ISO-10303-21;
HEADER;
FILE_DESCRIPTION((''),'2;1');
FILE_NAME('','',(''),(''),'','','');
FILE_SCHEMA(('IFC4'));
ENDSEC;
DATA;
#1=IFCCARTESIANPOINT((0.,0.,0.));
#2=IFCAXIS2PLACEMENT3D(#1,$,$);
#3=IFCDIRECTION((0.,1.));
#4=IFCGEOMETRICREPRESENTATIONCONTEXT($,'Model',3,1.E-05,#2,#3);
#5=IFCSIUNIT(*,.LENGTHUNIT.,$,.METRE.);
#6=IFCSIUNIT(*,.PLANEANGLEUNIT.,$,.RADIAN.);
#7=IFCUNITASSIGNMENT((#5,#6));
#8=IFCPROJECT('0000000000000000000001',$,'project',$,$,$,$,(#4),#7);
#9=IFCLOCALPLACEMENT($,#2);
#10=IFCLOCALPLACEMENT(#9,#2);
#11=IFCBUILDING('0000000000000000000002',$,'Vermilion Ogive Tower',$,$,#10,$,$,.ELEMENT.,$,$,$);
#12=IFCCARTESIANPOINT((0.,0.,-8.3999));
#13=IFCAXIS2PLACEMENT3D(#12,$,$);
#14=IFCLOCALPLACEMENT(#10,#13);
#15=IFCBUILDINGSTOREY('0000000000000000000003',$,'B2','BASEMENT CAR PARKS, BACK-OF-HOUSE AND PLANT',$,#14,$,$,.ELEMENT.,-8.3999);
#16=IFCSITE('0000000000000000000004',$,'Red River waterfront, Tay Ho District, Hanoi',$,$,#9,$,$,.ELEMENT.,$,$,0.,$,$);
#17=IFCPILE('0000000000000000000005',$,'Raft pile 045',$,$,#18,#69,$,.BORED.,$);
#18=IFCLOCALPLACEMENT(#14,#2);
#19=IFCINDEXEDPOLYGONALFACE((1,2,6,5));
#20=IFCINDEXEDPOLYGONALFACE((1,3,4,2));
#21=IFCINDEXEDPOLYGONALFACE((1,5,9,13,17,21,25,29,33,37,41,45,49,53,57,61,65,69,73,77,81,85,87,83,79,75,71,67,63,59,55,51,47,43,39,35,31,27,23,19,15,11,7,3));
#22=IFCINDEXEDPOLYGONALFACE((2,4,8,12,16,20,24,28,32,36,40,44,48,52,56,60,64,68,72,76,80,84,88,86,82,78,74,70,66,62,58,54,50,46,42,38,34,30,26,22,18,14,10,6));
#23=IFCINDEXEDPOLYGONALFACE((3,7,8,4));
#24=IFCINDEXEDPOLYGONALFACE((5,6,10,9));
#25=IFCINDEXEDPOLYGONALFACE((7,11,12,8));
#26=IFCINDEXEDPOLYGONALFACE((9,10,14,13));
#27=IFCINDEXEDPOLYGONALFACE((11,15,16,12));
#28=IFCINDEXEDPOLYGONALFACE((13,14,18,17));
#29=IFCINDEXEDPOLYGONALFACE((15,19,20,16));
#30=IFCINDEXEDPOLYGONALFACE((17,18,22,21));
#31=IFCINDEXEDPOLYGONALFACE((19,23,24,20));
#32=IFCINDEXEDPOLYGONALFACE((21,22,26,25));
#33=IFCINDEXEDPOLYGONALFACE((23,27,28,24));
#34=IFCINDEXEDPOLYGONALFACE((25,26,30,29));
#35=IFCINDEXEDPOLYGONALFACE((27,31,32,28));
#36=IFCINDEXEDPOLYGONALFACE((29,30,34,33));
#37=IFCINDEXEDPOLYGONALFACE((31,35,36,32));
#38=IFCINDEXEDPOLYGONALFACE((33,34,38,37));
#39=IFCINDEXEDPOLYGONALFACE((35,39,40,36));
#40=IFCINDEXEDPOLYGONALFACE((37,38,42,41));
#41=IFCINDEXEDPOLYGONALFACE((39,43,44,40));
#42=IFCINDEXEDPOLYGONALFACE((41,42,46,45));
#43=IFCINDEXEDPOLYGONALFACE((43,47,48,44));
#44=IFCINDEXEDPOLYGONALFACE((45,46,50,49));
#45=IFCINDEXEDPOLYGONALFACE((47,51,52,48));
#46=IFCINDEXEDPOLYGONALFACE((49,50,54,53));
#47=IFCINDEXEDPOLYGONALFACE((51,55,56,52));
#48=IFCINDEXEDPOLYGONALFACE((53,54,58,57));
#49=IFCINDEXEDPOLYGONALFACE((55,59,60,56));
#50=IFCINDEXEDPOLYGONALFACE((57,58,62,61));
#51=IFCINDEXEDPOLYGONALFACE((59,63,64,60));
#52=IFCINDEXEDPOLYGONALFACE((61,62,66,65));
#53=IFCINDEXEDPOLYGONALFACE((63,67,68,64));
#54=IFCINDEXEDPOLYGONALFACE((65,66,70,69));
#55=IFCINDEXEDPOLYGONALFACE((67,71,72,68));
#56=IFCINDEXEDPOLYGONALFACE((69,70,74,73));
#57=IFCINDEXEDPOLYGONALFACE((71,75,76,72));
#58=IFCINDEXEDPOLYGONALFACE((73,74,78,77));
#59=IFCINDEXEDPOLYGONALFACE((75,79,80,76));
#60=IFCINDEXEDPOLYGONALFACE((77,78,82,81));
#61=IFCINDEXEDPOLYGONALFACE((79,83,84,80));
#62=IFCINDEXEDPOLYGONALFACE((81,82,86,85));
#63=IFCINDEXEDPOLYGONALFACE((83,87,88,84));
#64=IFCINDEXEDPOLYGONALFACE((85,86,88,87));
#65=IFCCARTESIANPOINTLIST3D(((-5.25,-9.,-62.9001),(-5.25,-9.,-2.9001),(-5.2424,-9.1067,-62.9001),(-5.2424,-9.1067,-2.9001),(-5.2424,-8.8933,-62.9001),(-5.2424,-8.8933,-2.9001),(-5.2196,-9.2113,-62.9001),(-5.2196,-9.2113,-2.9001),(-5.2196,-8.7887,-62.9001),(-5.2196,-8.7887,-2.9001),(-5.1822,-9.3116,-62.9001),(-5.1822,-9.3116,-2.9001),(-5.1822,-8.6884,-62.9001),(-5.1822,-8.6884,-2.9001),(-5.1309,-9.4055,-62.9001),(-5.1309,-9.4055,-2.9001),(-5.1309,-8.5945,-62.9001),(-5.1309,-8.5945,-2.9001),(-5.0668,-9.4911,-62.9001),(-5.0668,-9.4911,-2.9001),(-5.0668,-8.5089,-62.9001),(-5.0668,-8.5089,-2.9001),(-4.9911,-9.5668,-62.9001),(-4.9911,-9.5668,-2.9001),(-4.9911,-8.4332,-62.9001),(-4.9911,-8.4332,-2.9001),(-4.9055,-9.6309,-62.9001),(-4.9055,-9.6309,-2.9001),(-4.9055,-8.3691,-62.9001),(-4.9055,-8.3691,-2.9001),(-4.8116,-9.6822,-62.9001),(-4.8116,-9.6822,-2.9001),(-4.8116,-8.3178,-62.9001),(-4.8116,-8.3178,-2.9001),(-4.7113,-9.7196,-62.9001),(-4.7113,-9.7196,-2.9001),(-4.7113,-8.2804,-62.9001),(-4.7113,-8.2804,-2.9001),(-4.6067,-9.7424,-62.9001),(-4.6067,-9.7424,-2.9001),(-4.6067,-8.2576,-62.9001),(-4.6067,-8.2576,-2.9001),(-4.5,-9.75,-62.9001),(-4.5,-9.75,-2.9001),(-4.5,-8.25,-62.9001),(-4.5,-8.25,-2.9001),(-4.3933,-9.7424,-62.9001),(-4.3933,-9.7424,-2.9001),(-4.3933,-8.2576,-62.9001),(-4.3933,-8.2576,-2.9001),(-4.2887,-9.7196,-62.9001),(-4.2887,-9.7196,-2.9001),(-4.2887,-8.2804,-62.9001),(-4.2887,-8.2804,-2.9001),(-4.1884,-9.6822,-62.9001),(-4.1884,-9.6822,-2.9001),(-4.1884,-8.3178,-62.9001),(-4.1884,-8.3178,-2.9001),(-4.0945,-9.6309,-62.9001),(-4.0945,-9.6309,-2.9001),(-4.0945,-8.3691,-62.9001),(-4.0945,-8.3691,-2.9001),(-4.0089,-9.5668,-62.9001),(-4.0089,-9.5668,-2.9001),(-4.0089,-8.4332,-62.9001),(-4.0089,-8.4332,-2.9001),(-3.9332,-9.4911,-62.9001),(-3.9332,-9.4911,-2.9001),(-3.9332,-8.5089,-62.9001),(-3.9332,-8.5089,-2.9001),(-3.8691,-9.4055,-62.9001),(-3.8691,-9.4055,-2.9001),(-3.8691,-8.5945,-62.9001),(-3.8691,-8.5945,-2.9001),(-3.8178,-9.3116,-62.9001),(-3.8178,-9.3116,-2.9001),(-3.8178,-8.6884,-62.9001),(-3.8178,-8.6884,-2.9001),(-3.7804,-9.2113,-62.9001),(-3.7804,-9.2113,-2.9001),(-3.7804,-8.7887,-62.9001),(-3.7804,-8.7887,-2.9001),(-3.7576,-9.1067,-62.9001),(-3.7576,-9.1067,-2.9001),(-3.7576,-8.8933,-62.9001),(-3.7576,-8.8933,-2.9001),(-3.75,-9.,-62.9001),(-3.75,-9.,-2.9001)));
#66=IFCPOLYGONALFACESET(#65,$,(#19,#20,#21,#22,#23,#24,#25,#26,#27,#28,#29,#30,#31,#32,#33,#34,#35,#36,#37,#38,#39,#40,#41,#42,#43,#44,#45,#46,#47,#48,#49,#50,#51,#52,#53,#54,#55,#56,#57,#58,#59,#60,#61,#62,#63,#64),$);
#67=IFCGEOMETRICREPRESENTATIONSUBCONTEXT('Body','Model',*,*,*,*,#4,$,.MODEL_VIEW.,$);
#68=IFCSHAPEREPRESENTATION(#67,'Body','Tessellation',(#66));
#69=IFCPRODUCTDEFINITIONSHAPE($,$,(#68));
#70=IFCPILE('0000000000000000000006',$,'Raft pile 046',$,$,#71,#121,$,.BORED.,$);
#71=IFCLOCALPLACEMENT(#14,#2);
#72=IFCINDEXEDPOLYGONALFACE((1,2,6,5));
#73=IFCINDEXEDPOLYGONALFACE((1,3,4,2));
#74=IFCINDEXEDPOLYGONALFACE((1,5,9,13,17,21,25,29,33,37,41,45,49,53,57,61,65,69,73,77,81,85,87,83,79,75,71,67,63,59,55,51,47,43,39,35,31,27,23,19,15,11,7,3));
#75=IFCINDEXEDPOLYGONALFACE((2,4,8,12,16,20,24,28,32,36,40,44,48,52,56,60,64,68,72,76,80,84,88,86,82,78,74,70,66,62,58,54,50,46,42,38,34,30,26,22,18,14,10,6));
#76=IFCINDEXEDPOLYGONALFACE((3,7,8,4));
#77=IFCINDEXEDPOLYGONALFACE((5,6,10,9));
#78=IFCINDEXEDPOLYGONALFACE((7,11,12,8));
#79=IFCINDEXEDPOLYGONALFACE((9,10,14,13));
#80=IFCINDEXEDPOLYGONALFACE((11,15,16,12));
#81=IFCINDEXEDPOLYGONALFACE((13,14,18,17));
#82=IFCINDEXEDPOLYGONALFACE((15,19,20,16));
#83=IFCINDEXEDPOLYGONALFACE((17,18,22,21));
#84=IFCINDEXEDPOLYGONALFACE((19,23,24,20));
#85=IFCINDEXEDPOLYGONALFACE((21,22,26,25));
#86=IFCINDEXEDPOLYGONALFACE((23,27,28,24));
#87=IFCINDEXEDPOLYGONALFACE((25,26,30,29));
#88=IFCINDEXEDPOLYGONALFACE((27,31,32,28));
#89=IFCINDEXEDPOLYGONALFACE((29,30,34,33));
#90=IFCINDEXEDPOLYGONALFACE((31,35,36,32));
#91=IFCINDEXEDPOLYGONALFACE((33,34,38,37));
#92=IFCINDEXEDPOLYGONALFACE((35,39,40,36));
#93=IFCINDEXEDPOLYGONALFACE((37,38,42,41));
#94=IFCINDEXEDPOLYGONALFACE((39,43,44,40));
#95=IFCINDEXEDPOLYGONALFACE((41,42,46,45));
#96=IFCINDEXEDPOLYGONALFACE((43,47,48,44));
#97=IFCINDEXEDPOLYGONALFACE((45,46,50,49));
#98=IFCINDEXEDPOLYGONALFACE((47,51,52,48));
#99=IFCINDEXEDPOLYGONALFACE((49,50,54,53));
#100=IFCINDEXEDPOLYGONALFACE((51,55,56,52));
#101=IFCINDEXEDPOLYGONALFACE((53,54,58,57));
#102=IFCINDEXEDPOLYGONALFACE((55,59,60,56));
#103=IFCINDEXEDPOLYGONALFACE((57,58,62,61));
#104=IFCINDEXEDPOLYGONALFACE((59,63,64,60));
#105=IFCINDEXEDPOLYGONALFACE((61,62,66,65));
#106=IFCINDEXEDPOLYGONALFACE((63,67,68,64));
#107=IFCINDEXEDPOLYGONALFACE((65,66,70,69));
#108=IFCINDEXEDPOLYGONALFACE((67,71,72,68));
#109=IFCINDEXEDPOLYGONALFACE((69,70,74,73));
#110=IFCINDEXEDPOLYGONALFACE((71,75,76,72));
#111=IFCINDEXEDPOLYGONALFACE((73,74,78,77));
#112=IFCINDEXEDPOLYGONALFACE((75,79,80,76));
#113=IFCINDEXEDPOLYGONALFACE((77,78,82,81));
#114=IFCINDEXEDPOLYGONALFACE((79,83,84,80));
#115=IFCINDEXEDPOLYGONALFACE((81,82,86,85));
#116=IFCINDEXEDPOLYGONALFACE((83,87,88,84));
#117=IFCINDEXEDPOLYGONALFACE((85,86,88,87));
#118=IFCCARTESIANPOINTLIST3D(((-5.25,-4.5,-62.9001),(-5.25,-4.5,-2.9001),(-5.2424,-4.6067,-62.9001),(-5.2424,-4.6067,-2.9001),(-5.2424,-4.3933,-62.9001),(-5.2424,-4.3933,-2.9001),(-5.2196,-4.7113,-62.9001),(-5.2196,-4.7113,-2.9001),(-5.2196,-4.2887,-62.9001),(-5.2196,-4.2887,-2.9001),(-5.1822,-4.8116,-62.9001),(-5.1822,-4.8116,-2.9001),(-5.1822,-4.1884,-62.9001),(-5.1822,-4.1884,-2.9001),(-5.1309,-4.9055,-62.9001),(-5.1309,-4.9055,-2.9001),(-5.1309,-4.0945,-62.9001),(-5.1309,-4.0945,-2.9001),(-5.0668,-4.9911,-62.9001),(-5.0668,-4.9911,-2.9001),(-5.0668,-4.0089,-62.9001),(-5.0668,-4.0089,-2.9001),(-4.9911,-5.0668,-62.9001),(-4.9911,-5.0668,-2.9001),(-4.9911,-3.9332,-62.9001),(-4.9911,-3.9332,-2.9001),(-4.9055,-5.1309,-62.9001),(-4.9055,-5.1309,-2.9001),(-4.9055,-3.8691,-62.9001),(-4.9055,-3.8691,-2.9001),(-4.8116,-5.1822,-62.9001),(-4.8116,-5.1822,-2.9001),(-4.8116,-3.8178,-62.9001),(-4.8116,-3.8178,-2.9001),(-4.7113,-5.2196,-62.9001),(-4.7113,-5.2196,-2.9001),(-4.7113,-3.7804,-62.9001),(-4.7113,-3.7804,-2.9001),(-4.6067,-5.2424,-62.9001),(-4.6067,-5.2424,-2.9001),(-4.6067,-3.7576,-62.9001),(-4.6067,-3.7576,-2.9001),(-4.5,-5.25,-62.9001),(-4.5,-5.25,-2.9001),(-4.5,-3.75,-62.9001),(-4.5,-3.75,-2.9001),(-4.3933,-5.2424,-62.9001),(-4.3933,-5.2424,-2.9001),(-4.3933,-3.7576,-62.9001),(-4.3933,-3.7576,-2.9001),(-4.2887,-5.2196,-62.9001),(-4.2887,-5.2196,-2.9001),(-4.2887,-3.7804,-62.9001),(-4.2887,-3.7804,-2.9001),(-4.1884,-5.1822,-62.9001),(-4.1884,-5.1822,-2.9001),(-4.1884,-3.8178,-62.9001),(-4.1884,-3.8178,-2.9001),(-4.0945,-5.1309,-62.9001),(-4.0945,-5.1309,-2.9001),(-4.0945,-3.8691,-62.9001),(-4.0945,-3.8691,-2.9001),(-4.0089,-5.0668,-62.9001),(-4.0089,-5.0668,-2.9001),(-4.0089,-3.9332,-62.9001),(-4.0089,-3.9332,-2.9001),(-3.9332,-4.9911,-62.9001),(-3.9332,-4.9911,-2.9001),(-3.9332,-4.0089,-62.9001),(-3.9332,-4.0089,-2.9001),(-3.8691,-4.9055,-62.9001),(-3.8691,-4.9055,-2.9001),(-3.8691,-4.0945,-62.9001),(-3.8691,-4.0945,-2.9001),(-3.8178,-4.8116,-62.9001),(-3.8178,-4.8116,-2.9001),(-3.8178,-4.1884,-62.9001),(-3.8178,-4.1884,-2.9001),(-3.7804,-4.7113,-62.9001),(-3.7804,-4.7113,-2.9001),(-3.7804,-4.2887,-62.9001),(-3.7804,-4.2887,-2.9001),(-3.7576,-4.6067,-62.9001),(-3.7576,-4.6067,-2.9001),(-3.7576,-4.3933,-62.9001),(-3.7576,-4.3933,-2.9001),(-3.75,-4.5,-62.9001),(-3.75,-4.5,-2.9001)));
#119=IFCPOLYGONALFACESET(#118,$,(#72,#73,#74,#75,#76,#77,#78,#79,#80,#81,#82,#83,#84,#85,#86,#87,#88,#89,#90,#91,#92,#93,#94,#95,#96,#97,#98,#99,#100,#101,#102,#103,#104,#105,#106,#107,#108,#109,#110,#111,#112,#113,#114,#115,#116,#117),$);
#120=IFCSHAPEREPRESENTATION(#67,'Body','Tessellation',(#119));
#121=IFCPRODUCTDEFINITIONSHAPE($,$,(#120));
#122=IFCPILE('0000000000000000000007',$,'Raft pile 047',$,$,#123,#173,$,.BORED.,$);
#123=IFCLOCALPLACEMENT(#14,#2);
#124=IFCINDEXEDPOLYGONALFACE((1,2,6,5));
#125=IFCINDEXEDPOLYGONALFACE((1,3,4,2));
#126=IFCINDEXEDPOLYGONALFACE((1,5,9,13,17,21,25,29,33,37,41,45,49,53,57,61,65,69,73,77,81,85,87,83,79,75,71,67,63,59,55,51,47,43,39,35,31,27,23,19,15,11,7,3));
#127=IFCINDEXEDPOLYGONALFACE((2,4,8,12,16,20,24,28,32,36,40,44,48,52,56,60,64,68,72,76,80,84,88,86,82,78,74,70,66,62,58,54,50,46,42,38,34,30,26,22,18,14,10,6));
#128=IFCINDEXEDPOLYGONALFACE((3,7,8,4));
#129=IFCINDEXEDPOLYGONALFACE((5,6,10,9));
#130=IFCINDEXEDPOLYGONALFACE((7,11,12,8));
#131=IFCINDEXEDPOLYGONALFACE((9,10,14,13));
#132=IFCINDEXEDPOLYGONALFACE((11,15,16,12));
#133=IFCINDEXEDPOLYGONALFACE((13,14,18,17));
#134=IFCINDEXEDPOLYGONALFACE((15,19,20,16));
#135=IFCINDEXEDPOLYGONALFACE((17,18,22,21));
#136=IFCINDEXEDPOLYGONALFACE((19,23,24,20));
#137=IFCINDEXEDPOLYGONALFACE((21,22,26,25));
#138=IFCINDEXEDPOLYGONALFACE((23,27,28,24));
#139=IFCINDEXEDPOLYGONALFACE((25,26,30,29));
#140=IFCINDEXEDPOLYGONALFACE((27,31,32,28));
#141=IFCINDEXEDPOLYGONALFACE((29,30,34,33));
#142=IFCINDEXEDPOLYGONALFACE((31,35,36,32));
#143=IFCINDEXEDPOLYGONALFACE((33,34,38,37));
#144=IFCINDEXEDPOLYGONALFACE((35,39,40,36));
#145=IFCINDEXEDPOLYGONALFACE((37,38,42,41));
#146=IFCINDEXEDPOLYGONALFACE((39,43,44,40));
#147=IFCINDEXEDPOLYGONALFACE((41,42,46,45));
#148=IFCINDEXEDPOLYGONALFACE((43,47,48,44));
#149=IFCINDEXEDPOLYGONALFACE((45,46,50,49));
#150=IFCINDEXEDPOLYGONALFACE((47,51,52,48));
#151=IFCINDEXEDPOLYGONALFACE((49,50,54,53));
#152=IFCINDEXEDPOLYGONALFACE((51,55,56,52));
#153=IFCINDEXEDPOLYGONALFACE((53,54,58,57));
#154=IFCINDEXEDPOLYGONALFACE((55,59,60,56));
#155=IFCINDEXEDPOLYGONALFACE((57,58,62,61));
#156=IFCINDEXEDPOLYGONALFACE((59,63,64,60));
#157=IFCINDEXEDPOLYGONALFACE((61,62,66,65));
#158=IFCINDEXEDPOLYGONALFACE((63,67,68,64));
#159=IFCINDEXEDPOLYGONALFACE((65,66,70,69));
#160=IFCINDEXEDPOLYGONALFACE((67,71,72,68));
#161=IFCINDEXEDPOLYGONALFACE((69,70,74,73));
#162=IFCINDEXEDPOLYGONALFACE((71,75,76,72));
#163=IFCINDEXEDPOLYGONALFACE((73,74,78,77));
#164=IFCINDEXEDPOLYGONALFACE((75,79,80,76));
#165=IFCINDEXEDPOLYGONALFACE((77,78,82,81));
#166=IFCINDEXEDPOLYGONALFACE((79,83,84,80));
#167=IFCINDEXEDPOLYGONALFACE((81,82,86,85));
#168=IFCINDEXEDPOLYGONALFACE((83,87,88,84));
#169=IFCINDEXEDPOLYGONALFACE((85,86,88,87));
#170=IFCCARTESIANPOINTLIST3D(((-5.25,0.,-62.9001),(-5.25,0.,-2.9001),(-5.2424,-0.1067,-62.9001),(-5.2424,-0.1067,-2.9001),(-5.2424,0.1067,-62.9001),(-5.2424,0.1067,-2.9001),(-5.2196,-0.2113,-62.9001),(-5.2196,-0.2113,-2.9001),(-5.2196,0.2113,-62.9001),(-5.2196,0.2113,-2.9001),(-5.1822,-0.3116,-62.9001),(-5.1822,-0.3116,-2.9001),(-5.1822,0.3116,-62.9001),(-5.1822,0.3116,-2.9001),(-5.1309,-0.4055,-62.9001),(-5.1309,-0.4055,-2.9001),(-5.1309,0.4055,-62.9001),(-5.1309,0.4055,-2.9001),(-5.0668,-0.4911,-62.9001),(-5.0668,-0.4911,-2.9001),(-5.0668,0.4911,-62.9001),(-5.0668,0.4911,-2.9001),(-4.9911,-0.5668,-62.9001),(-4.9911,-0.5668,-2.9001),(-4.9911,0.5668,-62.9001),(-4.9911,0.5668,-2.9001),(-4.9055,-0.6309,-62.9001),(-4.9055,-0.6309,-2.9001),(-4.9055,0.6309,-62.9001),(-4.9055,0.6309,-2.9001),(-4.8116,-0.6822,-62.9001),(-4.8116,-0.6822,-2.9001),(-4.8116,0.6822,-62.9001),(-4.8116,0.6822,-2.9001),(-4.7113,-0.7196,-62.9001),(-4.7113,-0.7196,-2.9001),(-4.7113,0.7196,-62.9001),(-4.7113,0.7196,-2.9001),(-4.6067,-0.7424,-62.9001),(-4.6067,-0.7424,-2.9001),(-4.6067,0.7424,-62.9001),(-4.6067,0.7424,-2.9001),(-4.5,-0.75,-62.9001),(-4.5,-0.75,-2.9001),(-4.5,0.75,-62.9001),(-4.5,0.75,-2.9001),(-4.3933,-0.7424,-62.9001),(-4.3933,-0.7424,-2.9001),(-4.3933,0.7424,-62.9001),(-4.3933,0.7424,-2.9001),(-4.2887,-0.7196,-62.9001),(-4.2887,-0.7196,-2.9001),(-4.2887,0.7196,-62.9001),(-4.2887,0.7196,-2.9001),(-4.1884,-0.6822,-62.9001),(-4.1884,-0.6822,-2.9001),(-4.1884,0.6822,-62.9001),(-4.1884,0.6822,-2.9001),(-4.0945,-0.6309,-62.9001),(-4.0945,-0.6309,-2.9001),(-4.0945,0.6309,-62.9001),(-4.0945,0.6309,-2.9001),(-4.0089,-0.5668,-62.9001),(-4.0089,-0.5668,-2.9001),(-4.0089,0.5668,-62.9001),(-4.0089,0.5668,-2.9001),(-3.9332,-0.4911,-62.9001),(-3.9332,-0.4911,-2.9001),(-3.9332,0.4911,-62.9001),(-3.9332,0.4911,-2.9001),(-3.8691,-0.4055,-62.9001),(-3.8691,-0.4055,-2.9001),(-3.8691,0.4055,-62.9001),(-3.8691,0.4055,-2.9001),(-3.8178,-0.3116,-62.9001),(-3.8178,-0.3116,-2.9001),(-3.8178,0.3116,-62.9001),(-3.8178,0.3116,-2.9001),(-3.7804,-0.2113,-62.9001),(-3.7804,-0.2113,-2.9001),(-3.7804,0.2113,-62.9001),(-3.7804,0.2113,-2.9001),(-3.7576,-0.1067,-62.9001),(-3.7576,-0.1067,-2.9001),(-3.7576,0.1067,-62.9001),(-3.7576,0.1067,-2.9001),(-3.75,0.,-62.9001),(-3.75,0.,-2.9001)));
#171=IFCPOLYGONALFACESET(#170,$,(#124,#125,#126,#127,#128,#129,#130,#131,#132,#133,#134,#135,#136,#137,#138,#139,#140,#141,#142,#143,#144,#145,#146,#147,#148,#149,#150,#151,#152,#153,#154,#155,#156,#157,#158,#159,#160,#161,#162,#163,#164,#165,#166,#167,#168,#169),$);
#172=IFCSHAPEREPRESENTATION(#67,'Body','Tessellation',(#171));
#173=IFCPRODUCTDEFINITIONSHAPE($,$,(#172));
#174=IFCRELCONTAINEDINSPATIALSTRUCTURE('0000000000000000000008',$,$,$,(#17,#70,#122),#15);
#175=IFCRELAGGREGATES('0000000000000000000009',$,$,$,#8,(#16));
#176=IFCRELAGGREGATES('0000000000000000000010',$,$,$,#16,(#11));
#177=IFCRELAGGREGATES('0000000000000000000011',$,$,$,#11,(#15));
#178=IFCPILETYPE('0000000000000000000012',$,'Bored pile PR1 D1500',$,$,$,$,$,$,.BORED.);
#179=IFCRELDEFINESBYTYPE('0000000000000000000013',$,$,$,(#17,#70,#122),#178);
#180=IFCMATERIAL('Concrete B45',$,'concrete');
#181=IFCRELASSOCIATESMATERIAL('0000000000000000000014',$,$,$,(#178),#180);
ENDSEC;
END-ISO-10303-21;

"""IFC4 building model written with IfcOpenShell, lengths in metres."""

from ifc_helpers import new_model, si_unit, direction, frame, origin, origin_2d, place, context, subcontext, project, spatial, circle, extrude, material, type_object, element, save


model = new_model("IFC4")

# Units and contexts
model_context = context("Model", 3, precision=1e-05, world=origin(), true_north=direction((0.0, 1.0)))
body_context = subcontext(model_context, "Body", "Model", "MODEL_VIEW")
ifc_project = project(units=[si_unit("LENGTHUNIT", "METRE"), si_unit("PLANEANGLEUNIT", "RADIAN")], contexts=[model_context])

# Site, building, storey
site_placement = place(None, origin())
site = spatial("IfcSite", under=ifc_project, at=site_placement, Name="Red River waterfront, Tay Ho District, Hanoi", CompositionType="ELEMENT", RefElevation=0.0)
building_placement = place(site_placement, origin())
building = spatial("IfcBuilding", under=site, at=building_placement, Name="Vermilion Ogive Tower", CompositionType="ELEMENT")
storey_placement = place(building_placement, frame((0.0, 0.0, -8.3999)))
storey = spatial("IfcBuildingStorey", under=building, at=storey_placement, Name="B2", Description="BASEMENT CAR PARKS, BACK-OF-HOUSE AND PLANT", CompositionType="ELEMENT", Elevation=-8.3999)

# Piles
ifc_material_1 = material(Name="Concrete B45", Category="concrete")
pile_type = type_object("IfcPileType", Name="Bored pile PR1 D1500", PredefinedType="BORED", material=ifc_material_1)
for number, where, z_axis, x_axis, name in (
    (1, (-4.5, -9.0, -2.9001), (0.0, 0.0, -1.0), (1.0, 0.0, 0.0), "Raft pile 045"),
    (2, (-4.5, -4.5, -2.9001), (0.0, 0.0, -1.0), (1.0, 0.0, 0.0), "Raft pile 046"),
    (3, (-4.5, 0.0, -2.9001), (0.0, 0.0, -1.0), (1.0, 0.0, 0.0), "Raft pile 047"),
):
    element("IfcPile", number, at=place(storey_placement, frame(where, z_axis=z_axis, x_axis=x_axis)), inside=storey, type_object=pile_type, Name=name, PredefinedType="BORED", context=body_context, shape_type="SweptSolid", body=[
        extrude(circle(Radius=0.75, at=origin_2d()), origin(), (0.0, 0.0, 1.0), 60.0),
    ])

save(model, "model.ifc")
